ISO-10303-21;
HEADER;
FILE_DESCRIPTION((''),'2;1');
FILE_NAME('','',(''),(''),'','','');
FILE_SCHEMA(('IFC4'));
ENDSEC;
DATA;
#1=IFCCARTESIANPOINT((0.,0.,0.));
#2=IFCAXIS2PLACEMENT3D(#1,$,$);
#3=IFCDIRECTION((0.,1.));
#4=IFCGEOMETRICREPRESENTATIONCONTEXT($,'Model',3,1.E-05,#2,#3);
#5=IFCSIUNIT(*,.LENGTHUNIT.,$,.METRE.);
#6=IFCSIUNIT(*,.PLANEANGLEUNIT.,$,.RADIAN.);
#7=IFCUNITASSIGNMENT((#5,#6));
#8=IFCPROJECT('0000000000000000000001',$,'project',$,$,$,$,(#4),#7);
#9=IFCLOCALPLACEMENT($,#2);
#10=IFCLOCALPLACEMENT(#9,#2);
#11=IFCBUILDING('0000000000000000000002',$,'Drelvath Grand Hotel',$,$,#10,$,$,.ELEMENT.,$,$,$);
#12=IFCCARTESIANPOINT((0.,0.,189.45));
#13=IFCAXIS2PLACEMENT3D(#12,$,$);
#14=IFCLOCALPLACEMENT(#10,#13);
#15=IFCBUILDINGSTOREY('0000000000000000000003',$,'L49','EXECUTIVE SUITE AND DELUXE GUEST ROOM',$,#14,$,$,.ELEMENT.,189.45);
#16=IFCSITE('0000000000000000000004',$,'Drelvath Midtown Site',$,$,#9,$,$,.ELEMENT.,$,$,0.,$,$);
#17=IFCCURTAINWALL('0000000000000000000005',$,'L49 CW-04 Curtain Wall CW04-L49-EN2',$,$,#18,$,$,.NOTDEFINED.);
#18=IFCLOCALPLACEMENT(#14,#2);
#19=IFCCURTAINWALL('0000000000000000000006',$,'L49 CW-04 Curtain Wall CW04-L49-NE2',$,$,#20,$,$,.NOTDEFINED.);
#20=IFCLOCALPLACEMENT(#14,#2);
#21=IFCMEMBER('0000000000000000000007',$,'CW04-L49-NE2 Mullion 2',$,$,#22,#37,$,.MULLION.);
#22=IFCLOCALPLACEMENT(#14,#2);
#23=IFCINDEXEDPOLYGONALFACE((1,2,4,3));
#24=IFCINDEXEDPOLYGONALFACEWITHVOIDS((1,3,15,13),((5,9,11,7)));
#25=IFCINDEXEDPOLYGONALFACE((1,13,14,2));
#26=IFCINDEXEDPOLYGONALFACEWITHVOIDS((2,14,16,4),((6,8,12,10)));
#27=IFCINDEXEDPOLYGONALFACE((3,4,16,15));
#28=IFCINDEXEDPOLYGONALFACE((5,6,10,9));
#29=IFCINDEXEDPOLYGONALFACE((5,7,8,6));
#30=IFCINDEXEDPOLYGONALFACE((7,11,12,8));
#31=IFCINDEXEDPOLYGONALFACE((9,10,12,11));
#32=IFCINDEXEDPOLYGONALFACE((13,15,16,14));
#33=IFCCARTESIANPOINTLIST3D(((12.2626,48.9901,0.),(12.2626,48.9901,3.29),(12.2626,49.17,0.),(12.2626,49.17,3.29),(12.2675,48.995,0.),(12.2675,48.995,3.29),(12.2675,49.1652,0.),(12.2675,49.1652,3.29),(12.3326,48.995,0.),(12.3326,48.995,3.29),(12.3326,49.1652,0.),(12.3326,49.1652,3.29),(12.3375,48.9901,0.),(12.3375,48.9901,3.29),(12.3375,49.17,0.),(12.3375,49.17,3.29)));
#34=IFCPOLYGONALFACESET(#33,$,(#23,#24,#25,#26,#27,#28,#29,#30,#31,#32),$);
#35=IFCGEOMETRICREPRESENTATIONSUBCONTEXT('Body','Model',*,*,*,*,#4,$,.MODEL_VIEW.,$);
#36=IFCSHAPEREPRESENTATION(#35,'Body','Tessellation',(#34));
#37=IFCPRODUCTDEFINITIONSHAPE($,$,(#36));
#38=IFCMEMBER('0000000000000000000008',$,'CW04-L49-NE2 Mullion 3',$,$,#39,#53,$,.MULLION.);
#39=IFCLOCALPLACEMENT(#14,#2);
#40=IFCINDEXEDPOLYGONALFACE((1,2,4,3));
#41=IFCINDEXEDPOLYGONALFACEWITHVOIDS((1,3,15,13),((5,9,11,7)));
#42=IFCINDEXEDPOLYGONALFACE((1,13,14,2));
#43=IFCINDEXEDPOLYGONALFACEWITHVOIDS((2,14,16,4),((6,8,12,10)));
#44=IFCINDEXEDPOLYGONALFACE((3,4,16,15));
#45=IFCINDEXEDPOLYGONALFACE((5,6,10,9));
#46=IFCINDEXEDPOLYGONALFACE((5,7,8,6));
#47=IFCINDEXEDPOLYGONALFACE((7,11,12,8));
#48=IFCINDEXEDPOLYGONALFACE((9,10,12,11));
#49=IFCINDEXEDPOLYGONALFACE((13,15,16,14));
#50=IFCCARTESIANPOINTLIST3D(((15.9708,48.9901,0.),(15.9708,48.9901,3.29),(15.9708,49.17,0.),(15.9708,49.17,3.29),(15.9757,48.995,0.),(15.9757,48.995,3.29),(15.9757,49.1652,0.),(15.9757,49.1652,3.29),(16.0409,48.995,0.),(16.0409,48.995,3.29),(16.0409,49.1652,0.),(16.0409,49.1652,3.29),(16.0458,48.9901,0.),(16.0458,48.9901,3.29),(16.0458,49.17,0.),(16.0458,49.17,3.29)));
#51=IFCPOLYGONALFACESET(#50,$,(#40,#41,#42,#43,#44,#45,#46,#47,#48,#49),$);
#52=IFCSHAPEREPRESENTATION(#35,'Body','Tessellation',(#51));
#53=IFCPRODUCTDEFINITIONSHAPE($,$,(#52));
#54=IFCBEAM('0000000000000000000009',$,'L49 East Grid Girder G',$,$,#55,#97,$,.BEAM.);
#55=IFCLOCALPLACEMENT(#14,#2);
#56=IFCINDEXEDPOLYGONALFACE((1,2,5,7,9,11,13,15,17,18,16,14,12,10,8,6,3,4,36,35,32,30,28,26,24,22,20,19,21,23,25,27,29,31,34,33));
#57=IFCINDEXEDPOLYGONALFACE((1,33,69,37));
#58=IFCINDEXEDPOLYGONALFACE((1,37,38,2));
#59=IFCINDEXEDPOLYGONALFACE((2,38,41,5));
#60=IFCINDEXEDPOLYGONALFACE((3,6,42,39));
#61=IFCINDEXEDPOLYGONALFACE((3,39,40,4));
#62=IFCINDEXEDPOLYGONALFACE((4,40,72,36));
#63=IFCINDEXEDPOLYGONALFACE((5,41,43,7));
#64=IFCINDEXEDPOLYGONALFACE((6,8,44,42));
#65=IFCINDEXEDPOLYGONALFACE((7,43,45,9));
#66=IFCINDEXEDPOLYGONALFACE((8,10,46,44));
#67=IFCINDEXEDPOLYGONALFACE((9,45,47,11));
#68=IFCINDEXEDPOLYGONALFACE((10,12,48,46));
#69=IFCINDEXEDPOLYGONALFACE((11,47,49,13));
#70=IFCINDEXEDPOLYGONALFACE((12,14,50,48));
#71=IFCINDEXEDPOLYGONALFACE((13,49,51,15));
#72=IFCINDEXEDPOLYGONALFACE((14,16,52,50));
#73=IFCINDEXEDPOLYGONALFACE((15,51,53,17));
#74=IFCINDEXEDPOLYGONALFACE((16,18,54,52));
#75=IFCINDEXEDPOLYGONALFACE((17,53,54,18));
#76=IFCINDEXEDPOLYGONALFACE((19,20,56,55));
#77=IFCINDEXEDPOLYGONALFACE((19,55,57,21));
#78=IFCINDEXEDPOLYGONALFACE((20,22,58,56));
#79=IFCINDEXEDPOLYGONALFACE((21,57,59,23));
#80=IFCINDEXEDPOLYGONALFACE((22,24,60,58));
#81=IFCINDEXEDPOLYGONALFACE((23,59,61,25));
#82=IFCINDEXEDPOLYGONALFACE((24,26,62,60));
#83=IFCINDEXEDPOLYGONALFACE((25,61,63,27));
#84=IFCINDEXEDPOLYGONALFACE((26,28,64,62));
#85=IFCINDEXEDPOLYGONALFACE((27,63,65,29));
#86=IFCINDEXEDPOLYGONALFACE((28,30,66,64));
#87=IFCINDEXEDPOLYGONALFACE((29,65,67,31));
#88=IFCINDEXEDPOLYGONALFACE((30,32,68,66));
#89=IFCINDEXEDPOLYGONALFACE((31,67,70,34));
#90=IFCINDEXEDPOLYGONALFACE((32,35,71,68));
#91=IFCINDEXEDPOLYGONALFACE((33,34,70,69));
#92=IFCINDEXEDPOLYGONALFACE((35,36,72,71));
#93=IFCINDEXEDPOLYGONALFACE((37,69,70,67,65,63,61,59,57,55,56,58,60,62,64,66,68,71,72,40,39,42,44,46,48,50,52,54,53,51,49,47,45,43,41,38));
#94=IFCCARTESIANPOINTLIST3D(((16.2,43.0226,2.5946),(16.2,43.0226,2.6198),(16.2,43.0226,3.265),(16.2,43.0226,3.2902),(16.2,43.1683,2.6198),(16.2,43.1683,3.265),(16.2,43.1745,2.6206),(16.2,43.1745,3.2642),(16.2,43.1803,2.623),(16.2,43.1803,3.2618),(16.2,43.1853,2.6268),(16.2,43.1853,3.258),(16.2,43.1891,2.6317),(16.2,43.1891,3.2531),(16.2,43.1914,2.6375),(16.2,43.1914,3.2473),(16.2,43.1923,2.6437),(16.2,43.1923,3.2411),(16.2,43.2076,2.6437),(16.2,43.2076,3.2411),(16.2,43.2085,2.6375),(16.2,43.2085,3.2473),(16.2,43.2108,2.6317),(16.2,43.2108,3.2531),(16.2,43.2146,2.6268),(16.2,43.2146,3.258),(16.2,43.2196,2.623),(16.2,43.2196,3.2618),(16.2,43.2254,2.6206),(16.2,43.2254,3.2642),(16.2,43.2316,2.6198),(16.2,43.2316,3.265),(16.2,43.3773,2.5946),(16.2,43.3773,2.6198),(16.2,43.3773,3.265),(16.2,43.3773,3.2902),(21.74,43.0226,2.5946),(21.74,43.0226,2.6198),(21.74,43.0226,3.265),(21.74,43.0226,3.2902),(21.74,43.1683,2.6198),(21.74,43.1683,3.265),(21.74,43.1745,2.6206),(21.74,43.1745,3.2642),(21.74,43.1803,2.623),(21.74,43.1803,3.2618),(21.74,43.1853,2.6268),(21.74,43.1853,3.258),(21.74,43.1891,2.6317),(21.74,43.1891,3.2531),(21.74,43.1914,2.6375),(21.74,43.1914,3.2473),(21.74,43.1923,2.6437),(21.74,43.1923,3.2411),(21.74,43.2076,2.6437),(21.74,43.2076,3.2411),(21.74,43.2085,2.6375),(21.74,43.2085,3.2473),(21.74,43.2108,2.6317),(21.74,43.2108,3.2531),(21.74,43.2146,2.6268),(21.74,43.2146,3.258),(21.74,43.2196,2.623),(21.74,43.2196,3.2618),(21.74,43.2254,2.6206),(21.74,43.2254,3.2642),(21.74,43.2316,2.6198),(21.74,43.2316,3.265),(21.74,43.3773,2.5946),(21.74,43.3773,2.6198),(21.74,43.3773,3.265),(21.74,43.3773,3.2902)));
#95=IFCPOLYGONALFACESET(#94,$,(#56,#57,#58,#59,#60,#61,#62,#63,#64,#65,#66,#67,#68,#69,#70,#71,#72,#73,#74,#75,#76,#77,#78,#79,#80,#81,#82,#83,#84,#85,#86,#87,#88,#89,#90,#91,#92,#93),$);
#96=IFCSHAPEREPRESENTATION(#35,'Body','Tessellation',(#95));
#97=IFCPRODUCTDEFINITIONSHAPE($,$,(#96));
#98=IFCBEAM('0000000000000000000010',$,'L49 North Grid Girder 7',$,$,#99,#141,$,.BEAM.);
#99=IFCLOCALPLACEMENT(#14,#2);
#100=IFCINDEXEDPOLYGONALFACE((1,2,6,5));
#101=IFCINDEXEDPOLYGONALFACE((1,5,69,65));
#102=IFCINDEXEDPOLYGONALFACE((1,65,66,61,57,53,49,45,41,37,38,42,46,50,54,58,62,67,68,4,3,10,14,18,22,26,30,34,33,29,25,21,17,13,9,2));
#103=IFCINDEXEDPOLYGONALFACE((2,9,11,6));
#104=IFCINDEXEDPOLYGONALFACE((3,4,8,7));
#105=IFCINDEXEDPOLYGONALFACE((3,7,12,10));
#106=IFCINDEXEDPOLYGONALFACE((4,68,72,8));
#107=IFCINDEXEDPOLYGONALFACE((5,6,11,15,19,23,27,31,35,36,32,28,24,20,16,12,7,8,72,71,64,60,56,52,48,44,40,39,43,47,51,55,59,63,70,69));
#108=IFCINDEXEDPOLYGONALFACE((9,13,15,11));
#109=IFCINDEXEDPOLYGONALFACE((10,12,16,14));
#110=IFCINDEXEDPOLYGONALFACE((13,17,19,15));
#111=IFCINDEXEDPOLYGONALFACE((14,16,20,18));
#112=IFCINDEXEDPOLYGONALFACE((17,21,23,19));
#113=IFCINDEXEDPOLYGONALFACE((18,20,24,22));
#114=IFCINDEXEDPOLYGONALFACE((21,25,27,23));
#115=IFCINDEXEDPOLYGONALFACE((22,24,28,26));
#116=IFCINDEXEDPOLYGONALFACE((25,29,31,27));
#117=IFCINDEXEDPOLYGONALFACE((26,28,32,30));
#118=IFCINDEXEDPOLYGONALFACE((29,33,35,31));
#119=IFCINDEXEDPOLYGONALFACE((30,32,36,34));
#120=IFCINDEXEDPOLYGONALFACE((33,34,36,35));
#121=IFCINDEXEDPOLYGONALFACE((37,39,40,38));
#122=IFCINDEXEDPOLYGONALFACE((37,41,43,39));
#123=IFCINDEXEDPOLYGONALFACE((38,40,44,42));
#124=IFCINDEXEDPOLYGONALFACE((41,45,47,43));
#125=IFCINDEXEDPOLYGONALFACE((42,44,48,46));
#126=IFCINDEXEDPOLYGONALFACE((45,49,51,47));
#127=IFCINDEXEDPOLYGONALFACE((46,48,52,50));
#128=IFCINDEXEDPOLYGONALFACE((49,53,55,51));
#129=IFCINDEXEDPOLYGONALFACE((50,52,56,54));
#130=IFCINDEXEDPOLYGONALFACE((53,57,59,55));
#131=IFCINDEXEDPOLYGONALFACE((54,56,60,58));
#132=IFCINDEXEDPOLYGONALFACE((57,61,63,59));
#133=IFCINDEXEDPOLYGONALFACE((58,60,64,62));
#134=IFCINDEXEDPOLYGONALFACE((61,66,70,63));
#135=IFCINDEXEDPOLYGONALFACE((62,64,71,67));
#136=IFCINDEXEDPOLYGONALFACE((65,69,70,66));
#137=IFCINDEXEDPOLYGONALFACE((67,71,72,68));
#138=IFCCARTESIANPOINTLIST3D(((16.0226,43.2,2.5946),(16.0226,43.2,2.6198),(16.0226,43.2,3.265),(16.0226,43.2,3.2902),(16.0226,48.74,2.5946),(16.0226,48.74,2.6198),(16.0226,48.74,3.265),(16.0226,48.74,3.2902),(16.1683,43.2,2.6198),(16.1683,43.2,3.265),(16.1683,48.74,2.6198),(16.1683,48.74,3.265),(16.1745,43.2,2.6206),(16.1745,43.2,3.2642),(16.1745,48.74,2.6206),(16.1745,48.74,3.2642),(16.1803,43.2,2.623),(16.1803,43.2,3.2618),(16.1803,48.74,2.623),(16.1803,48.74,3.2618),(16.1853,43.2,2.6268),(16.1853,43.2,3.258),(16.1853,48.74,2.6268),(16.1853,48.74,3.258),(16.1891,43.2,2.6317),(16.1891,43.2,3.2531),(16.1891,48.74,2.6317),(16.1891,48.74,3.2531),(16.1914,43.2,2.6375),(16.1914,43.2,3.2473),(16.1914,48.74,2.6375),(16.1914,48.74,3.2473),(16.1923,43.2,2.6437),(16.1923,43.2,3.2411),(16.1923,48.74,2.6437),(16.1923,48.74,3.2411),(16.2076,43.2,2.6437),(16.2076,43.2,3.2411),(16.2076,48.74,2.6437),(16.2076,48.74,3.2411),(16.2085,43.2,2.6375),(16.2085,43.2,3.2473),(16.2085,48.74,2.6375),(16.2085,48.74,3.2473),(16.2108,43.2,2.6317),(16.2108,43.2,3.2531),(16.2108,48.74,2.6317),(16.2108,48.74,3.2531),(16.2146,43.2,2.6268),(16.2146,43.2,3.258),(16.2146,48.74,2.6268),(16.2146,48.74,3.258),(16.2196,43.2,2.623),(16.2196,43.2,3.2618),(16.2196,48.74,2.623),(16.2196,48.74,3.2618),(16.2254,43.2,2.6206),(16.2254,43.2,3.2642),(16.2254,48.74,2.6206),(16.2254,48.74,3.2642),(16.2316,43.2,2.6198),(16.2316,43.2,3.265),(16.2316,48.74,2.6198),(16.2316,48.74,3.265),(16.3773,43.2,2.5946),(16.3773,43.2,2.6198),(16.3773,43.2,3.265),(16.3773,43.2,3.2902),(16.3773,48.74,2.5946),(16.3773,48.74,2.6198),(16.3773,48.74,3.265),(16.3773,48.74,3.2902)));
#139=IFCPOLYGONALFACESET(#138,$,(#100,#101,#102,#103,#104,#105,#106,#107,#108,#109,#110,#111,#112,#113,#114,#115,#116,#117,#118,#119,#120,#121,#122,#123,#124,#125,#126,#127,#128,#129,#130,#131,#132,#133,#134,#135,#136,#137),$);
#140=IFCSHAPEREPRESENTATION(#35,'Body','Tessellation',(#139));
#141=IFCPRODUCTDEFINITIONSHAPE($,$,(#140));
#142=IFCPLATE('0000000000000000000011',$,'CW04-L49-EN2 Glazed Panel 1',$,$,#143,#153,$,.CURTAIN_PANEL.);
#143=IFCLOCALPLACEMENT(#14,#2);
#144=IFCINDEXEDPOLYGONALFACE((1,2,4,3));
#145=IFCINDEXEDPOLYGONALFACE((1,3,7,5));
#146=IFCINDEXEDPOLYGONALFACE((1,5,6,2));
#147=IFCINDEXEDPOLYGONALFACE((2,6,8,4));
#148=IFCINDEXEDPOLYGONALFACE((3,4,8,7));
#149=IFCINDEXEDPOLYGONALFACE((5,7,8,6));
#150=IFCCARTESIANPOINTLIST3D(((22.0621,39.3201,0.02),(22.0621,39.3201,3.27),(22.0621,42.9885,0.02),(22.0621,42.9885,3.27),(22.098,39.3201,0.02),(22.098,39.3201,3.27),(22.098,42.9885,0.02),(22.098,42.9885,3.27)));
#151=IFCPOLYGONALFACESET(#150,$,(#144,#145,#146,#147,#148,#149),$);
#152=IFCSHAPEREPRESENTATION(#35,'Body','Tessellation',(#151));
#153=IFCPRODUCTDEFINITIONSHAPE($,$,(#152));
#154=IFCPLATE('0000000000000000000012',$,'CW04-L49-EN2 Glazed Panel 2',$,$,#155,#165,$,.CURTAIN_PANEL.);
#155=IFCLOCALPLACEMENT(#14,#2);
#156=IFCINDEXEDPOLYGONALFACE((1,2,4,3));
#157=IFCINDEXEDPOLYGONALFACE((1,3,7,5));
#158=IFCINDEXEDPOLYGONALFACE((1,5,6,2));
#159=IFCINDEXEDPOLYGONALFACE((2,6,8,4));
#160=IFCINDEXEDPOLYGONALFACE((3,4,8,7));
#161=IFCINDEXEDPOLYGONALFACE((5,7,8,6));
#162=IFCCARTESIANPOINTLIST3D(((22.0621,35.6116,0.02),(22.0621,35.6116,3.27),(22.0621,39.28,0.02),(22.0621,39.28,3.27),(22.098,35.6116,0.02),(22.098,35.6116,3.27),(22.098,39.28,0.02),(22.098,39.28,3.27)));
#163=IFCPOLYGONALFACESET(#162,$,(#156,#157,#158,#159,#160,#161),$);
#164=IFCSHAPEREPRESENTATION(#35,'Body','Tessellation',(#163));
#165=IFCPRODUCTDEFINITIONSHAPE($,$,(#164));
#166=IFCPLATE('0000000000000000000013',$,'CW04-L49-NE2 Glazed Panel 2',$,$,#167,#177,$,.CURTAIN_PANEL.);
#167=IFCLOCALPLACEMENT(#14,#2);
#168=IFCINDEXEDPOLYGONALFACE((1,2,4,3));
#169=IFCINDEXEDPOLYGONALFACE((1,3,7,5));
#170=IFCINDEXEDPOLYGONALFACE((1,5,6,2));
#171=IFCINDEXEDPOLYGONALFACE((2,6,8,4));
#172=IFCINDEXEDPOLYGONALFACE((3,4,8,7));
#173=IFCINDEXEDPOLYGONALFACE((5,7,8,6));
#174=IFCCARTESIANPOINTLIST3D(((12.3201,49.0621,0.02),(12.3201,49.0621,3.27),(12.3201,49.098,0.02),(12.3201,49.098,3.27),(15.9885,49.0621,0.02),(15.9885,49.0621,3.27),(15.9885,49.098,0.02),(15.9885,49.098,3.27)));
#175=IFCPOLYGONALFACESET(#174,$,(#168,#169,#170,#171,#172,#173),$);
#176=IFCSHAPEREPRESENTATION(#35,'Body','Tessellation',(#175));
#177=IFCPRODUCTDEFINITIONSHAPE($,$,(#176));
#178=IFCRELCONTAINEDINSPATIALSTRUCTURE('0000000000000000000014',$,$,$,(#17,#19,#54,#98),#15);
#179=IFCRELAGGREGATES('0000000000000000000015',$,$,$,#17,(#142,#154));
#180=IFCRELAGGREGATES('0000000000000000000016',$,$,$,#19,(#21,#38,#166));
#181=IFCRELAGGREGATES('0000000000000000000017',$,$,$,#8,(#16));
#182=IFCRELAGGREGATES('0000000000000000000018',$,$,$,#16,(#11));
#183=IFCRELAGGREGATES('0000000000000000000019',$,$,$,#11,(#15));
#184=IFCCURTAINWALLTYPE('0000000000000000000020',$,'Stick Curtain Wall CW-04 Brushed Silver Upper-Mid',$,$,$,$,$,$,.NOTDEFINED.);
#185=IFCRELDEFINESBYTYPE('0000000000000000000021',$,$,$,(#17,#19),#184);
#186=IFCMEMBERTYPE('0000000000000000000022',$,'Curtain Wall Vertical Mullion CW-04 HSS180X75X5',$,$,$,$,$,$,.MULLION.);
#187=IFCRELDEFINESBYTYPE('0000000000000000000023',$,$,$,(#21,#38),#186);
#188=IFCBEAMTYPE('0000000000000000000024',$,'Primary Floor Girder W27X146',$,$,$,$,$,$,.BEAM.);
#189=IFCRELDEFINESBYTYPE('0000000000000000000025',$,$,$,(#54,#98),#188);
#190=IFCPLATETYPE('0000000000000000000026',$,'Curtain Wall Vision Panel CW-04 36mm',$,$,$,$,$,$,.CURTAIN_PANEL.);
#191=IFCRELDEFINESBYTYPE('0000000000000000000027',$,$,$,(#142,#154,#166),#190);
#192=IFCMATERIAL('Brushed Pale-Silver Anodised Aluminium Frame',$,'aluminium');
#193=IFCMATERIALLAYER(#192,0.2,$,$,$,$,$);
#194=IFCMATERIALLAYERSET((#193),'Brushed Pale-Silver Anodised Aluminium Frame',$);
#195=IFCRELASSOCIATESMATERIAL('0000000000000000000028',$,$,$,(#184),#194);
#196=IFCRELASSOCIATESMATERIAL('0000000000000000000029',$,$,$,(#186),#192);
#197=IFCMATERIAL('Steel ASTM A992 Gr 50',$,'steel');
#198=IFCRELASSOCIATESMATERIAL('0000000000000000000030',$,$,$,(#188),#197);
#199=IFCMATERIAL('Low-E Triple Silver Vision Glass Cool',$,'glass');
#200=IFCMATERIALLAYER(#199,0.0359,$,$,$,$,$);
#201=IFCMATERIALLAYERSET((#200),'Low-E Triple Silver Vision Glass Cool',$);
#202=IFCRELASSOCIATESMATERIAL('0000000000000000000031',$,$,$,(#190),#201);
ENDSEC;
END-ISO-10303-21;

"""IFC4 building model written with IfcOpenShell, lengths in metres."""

from ifc_helpers import new_model, si_unit, direction, frame, origin, origin_2d, place, context, subcontext, project, spatial, rectangle, hollow_rectangle, i_section, extrude, material, layer, layer_set, material_profile, profile_set, type_object, element, aggregate, save


model = new_model("IFC4")

# Units and contexts
model_context = context("Model", 3, precision=1e-05, world=origin(), true_north=direction((0.0, 1.0)))
body_context = subcontext(model_context, "Body", "Model", "MODEL_VIEW")
ifc_project = project(units=[si_unit("LENGTHUNIT", "METRE"), si_unit("PLANEANGLEUNIT", "RADIAN")], contexts=[model_context])

# Site, building, storey
site_placement = place(None, origin())
site = spatial("IfcSite", under=ifc_project, at=site_placement, Name="Drelvath Midtown Site", CompositionType="ELEMENT", RefElevation=0.0)
building_placement = place(site_placement, origin())
building = spatial("IfcBuilding", under=site, at=building_placement, Name="Drelvath Grand Hotel", CompositionType="ELEMENT")
storey_placement = place(building_placement, frame((0.0, 0.0, 189.45)))
storey = spatial("IfcBuildingStorey", under=building, at=storey_placement, Name="L49", Description="EXECUTIVE SUITE AND DELUXE GUEST ROOM", CompositionType="ELEMENT", Elevation=189.45)

# Curtain walls, members
ifc_material_1 = material(Name="Brushed Pale-Silver Anodised Aluminium Frame", Category="aluminium")
ifc_layer_1 = layer(ifc_material_1, 0.2)
ifc_layer_set_1 = layer_set([ifc_layer_1], Name="Brushed Pale-Silver Anodised Aluminium Frame")
curtain_wall_type = type_object("IfcCurtainWallType", Name="Stick Curtain Wall CW-04 Brushed Silver Upper-Mid", PredefinedType="NOTDEFINED", material=ifc_layer_set_1)
curtain_wall_1_placement = place(storey_placement, origin())
curtain_wall_1 = element("IfcCurtainWall", 1, at=curtain_wall_1_placement, inside=storey, type_object=curtain_wall_type, Name="L49 CW-04 Curtain Wall CW04-L49-EN2", PredefinedType="NOTDEFINED")
ifc_material_profile_1 = material_profile(ifc_material_1, hollow_rectangle(XDim=0.075, YDim=0.1799, WallThickness=0.0049, at=origin_2d()), Name="HSS180X75X5")
ifc_profile_set_1 = profile_set([ifc_material_profile_1], Name="Brushed Pale-Silver Anodised Aluminium Frame")
member_type_1 = type_object("IfcMemberType", Name="Curtain Wall Vertical Mullion CW-04 HSS180X75X5", PredefinedType="MULLION", material=ifc_profile_set_1)
curtain_wall_2_placement = place(storey_placement, origin())
curtain_wall_2 = element("IfcCurtainWall", 2, at=curtain_wall_2_placement, inside=storey, type_object=curtain_wall_type, Name="L49 CW-04 Curtain Wall CW04-L49-NE2", PredefinedType="NOTDEFINED")
member_1_placement = place(storey_placement, frame((12.3, 49.0801, 0.0), z_axis=(0.0, 0.0, 1.0), x_axis=(1.0, 0.0, 0.0)))
member_1 = element("IfcMember", 3, at=member_1_placement, type_object=member_type_1, Name="CW04-L49-NE2 Mullion 2", PredefinedType="MULLION", context=body_context, shape_type="SweptSolid", body=[
    extrude(hollow_rectangle(XDim=0.075, YDim=0.1799, WallThickness=0.0049, at=origin_2d()), origin(), (0.0, 0.0, 1.0), 3.29),
])
member_2_placement = place(storey_placement, frame((16.0083, 49.0801, 0.0), z_axis=(0.0, 0.0, 1.0), x_axis=(1.0, 0.0, 0.0)))
member_2 = element("IfcMember", 4, at=member_2_placement, type_object=member_type_1, Name="CW04-L49-NE2 Mullion 3", PredefinedType="MULLION", context=body_context, shape_type="SweptSolid", body=[
    extrude(hollow_rectangle(XDim=0.075, YDim=0.1799, WallThickness=0.0049, at=origin_2d()), origin(), (0.0, 0.0, 1.0), 3.29),
])

# Beams
ifc_material_2 = material(Name="Steel ASTM A992 Gr 50", Category="steel")
ifc_material_profile_2 = material_profile(ifc_material_2, i_section(OverallWidth=0.3547, OverallDepth=0.6956, WebThickness=0.0154, FlangeThickness=0.0251, FilletRadius=0.0239, at=origin_2d()), Name="W27X146")
ifc_profile_set_2 = profile_set([ifc_material_profile_2], Name="Steel ASTM A992 Gr 50")
beam_type = type_object("IfcBeamType", Name="Primary Floor Girder W27X146", PredefinedType="BEAM", material=ifc_profile_set_2)
for number, where, z_axis, x_axis, name in (
    (5, (16.2, 43.2, 2.9424), (1.0, 0.0, 0.0), (0.0, 1.0, 0.0), "L49 East Grid Girder G"),
    (6, (16.2, 43.2, 2.9424), (0.0, 1.0, 0.0), (-1.0, 0.0, 0.0), "L49 North Grid Girder 7"),
):
    element("IfcBeam", number, at=place(storey_placement, frame(where, z_axis=z_axis, x_axis=x_axis)), inside=storey, type_object=beam_type, Name=name, PredefinedType="BEAM", context=body_context, shape_type="SweptSolid", body=[
        extrude(i_section(OverallWidth=0.3547, OverallDepth=0.6956, WebThickness=0.0154, FlangeThickness=0.0251, FilletRadius=0.0239, at=origin_2d()), origin(), (0.0, 0.0, 1.0), 5.54),
    ])

# Plates
ifc_material_3 = material(Name="Low-E Triple Silver Vision Glass Cool", Category="glass")
ifc_layer_2 = layer(ifc_material_3, 0.0359)
ifc_layer_set_2 = layer_set([ifc_layer_2], Name="Low-E Triple Silver Vision Glass Cool")
plate_type = type_object("IfcPlateType", Name="Curtain Wall Vision Panel CW-04 36mm", PredefinedType="CURTAIN_PANEL", material=ifc_layer_set_2)
plate_1_placement = place(storey_placement, frame((22.0801, 41.1543, 0.02), z_axis=(0.0, 0.0, 1.0), x_axis=(0.0, -1.0, 0.0)))
plate_1 = element("IfcPlate", 7, at=plate_1_placement, type_object=plate_type, Name="CW04-L49-EN2 Glazed Panel 1", PredefinedType="CURTAIN_PANEL", context=body_context, shape_type="SweptSolid", body=[
    extrude(rectangle(XDim=3.6685, YDim=0.0359, at=origin_2d()), origin(), (0.0, 0.0, 1.0), 3.25),
])
plate_2_placement = place(storey_placement, frame((22.0801, 37.4458, 0.02), z_axis=(0.0, 0.0, 1.0), x_axis=(0.0, -1.0, 0.0)))
plate_2 = element("IfcPlate", 8, at=plate_2_placement, type_object=plate_type, Name="CW04-L49-EN2 Glazed Panel 2", PredefinedType="CURTAIN_PANEL", context=body_context, shape_type="SweptSolid", body=[
    extrude(rectangle(XDim=3.6685, YDim=0.0359, at=origin_2d()), origin(), (0.0, 0.0, 1.0), 3.25),
])
aggregate(curtain_wall_1, [plate_1, plate_2])
plate_3_placement = place(storey_placement, frame((14.1543, 49.0801, 0.02), z_axis=(0.0, 0.0, 1.0), x_axis=(1.0, 0.0, 0.0)))
plate_3 = element("IfcPlate", 9, at=plate_3_placement, type_object=plate_type, Name="CW04-L49-NE2 Glazed Panel 2", PredefinedType="CURTAIN_PANEL", context=body_context, shape_type="SweptSolid", body=[
    extrude(rectangle(XDim=3.6685, YDim=0.0359, at=origin_2d()), origin(), (0.0, 0.0, 1.0), 3.25),
])
aggregate(curtain_wall_2, [member_1, member_2, plate_3])

save(model, "model.ifc")
